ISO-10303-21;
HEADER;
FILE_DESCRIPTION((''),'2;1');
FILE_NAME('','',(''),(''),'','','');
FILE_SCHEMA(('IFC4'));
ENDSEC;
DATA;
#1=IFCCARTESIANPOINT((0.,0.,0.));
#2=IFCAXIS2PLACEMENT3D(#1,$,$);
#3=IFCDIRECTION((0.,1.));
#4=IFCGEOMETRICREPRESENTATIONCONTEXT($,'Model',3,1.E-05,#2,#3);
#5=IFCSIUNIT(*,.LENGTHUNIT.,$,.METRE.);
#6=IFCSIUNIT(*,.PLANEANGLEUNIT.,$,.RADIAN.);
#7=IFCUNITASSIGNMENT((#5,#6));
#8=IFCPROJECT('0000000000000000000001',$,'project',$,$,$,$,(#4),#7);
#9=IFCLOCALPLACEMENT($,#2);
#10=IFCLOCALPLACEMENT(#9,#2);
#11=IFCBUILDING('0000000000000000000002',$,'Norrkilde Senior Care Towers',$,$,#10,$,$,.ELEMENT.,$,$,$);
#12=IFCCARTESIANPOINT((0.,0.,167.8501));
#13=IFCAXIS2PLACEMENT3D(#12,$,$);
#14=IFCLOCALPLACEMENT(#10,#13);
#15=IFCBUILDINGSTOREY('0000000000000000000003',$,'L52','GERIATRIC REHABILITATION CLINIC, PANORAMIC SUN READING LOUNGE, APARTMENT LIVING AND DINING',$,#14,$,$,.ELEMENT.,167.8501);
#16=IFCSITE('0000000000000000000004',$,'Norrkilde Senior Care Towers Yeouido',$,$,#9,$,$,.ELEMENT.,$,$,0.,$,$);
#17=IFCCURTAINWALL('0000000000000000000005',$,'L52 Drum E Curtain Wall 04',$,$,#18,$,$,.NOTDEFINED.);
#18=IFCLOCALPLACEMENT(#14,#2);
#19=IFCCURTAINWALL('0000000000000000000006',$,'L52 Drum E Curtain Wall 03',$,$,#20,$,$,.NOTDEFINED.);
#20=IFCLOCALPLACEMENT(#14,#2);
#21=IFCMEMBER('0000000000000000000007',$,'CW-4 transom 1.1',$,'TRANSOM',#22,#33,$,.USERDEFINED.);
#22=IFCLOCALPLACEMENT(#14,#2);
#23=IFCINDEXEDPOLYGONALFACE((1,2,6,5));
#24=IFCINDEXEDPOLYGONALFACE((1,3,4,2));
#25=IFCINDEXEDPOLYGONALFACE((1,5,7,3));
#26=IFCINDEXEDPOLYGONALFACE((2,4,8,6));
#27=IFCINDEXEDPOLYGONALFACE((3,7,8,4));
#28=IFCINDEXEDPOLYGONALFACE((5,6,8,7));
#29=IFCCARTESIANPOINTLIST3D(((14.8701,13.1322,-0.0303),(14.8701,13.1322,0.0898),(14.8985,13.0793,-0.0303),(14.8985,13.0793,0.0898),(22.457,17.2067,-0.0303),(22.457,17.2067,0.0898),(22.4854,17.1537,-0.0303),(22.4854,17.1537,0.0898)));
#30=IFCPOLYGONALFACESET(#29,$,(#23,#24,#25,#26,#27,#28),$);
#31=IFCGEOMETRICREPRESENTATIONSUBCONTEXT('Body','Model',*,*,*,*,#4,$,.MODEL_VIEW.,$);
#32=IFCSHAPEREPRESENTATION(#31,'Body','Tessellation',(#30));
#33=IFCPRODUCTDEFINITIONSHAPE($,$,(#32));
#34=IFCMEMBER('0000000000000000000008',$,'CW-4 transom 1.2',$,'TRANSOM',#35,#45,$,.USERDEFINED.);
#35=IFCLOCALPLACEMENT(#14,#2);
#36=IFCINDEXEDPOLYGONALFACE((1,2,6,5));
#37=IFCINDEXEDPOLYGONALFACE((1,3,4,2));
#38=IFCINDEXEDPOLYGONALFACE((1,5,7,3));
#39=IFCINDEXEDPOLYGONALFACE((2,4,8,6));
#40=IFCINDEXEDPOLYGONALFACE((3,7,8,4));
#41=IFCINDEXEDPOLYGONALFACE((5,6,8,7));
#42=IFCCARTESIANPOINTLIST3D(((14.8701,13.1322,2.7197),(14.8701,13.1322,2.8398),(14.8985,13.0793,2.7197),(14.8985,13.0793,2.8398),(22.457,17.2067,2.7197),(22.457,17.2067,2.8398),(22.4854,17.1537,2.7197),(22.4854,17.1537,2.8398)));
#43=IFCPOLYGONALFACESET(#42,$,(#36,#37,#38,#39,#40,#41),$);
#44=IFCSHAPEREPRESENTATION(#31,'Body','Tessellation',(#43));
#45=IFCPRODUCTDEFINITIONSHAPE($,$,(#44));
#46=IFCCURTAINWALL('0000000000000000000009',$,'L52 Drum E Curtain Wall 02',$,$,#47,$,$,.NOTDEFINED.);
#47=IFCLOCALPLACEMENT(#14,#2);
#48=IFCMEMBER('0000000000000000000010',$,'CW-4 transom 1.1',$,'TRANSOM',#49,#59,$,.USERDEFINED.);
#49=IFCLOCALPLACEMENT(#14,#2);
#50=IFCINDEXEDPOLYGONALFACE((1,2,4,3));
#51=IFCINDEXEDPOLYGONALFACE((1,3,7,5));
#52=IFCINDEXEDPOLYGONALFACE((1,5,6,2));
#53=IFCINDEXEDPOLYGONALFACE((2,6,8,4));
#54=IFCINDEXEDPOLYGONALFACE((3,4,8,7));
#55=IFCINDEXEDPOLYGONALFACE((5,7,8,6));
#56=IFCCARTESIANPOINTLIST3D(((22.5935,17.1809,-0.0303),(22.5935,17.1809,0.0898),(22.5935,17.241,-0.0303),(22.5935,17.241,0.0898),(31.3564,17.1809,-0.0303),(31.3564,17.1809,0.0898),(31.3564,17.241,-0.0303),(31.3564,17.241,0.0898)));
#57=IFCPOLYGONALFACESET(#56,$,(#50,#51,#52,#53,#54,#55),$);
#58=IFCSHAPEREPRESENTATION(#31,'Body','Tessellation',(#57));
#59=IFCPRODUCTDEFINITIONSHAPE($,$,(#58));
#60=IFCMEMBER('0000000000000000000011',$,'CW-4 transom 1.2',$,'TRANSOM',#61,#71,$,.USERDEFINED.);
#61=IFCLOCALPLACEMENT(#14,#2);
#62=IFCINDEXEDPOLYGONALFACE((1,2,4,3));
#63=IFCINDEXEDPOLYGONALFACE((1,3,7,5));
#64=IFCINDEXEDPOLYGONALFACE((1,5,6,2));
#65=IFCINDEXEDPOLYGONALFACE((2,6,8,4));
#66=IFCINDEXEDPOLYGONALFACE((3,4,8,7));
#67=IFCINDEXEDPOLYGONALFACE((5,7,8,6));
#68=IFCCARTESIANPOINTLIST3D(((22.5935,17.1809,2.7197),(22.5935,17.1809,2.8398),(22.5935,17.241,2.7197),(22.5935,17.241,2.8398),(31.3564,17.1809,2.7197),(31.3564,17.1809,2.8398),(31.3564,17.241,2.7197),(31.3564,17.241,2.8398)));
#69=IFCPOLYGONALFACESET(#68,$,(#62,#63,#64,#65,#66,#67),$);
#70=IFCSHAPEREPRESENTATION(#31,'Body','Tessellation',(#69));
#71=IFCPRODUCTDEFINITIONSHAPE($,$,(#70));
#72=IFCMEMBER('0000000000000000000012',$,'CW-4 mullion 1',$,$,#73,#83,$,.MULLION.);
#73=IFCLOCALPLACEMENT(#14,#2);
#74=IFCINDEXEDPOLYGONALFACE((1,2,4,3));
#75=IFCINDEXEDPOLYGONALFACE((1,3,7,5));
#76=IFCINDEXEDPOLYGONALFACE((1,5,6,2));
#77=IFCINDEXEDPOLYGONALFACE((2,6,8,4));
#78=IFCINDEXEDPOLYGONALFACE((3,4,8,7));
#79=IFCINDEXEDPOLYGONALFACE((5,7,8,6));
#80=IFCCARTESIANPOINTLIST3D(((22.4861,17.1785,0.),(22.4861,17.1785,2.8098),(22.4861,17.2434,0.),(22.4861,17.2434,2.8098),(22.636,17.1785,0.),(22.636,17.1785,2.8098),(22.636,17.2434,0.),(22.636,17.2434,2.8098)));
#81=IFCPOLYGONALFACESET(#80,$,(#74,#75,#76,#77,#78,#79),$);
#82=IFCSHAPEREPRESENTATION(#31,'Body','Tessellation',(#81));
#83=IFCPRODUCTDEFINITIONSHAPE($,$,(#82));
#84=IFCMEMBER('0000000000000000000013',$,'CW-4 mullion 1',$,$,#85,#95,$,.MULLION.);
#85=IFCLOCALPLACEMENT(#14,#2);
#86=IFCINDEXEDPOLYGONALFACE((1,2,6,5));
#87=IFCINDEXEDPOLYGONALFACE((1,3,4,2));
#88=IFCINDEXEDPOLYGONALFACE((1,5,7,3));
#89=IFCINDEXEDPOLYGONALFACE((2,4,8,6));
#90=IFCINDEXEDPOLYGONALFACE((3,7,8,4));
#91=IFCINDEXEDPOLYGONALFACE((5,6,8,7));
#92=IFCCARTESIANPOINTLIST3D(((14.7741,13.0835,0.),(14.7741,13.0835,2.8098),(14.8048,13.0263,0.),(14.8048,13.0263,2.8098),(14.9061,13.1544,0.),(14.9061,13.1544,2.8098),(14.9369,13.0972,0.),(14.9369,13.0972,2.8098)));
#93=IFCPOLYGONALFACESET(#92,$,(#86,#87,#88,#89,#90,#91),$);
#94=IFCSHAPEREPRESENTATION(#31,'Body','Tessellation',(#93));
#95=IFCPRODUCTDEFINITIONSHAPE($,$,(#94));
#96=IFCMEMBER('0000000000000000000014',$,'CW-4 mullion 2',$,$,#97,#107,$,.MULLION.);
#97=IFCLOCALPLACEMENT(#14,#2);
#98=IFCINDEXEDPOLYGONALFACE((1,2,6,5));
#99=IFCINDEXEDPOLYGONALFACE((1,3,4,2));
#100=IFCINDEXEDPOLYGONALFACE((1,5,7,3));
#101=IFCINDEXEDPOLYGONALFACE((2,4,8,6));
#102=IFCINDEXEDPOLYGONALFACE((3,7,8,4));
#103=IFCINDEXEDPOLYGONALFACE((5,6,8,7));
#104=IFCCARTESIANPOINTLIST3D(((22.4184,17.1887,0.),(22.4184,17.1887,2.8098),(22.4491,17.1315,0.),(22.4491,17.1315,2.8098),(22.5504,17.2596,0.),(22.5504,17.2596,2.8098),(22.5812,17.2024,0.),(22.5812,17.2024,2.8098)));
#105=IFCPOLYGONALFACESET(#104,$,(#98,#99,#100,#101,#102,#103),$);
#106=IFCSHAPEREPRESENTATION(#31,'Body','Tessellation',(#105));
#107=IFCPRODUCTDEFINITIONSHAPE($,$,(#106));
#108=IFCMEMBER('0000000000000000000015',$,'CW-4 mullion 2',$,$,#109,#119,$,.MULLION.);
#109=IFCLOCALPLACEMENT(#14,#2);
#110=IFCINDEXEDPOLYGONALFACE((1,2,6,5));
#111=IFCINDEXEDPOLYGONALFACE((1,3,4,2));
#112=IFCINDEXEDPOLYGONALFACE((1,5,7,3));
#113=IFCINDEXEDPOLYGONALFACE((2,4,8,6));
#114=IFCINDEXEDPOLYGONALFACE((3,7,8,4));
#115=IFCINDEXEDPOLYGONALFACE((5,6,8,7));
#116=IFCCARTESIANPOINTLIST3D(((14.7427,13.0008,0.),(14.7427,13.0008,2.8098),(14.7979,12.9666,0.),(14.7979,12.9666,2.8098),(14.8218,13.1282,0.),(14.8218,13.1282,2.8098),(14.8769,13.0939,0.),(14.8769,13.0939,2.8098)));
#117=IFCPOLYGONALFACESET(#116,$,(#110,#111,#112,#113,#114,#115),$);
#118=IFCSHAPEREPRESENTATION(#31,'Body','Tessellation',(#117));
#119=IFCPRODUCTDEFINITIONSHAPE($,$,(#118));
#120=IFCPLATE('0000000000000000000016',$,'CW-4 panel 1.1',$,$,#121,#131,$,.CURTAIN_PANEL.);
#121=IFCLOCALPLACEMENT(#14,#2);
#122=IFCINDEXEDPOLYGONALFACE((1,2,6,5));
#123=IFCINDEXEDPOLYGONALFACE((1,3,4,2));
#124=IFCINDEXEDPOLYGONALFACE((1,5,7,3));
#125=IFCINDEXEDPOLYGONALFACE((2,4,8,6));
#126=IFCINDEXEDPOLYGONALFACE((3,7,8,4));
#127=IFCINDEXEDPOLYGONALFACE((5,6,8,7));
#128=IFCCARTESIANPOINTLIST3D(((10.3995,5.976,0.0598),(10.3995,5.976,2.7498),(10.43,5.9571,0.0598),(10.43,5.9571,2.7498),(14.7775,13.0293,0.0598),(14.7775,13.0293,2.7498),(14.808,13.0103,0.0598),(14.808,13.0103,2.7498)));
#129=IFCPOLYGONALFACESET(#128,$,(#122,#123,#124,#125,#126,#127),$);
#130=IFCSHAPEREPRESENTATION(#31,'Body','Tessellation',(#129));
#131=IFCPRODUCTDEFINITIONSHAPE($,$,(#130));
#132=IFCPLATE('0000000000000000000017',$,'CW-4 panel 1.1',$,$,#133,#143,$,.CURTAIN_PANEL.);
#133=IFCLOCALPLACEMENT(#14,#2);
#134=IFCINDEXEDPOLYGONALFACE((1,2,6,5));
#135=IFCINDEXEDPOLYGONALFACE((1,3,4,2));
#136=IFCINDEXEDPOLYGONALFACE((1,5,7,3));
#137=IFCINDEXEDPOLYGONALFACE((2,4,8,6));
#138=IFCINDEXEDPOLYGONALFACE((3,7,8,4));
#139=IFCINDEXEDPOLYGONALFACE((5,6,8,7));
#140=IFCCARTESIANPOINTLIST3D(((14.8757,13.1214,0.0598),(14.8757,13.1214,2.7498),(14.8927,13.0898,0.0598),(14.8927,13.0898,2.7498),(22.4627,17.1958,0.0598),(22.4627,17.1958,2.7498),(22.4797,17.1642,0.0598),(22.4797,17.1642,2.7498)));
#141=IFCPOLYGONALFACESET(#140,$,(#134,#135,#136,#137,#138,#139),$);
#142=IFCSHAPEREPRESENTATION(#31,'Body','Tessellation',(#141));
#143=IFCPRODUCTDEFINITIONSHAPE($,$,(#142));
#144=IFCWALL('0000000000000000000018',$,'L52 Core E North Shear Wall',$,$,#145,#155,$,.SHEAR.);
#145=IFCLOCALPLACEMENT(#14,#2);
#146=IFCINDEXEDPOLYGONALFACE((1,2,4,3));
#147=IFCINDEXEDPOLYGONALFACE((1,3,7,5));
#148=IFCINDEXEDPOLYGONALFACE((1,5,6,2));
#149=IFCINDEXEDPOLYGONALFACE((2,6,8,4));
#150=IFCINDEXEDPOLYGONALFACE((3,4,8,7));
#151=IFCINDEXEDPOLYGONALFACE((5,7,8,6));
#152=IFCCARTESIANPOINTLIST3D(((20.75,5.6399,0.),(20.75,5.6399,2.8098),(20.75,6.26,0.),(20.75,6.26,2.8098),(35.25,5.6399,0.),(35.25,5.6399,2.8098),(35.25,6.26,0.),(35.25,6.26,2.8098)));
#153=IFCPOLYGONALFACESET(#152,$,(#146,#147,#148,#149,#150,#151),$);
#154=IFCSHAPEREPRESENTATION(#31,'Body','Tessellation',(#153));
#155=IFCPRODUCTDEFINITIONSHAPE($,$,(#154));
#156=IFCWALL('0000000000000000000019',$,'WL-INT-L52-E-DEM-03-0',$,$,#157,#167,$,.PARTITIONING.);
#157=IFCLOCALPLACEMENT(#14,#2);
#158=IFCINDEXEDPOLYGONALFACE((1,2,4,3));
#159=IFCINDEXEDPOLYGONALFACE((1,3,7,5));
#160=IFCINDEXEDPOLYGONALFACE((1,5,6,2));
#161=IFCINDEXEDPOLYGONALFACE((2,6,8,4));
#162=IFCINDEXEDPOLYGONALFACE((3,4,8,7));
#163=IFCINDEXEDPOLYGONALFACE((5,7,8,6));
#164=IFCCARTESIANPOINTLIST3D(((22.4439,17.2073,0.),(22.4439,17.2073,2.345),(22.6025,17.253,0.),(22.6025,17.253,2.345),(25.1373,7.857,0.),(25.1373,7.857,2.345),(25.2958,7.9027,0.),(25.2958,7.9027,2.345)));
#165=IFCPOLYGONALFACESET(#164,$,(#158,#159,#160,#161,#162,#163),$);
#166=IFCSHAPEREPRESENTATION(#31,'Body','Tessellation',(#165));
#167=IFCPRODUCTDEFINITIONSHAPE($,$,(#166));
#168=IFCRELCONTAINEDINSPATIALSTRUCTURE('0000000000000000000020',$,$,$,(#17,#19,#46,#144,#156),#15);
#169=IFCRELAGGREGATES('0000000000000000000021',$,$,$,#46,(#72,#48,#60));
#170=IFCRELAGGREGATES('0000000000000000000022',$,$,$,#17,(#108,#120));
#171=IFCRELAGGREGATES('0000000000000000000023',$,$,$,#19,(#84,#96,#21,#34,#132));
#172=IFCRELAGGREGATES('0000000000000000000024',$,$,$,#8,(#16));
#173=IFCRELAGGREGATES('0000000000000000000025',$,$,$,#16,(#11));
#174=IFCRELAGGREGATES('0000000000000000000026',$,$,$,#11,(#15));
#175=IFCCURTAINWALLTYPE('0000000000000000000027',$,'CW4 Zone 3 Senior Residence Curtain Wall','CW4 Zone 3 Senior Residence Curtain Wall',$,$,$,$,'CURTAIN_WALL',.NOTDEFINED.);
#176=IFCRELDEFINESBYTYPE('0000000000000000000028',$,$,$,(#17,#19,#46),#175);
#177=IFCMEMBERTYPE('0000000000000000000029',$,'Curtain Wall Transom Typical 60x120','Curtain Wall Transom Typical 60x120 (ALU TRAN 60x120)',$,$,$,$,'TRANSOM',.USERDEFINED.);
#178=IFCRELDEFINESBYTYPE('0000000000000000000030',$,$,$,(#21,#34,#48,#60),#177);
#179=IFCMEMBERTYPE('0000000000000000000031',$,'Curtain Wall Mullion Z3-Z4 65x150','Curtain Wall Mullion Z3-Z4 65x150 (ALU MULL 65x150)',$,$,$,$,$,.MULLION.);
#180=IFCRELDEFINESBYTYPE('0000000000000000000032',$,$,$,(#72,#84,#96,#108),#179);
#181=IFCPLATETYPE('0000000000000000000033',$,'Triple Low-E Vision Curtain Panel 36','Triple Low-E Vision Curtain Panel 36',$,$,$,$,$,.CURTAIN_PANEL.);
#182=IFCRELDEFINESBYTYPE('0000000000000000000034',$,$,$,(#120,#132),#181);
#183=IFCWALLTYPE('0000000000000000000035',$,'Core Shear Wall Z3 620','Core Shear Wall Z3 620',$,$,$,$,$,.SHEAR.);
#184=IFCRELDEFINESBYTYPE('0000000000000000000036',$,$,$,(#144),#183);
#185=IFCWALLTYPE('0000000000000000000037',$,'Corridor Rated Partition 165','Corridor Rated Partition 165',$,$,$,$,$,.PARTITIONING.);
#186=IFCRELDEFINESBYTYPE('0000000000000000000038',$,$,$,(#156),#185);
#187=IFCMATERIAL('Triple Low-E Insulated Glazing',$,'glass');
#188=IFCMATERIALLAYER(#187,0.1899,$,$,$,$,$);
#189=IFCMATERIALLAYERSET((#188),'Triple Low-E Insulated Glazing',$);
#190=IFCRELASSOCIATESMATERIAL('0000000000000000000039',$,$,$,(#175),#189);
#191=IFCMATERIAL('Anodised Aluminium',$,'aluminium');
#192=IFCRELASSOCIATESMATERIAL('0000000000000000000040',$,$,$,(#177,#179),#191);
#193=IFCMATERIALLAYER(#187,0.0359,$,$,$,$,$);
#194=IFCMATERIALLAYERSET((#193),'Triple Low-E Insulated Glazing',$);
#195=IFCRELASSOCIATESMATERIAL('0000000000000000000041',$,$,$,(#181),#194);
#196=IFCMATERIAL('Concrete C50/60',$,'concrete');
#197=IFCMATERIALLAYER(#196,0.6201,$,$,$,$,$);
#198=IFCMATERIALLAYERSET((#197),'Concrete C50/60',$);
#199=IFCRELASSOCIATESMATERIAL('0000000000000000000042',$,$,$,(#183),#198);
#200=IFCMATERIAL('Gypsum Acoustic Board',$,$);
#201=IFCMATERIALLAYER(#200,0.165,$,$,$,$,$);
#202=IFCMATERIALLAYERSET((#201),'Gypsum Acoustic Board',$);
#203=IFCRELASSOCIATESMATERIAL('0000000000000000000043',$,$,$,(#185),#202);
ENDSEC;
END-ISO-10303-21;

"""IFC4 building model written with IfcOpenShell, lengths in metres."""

from ifc_helpers import new_model, si_unit, direction, frame, frame_2d, origin, origin_2d, place, context, subcontext, project, spatial, rectangle, extrude, source, transform, mapped, material, layer, layer_set, material_profile, profile_set, type_object, type_shapes, element, aggregate, save


model = new_model("IFC4")

# Units and contexts
model_context = context("Model", 3, precision=1e-05, world=origin(), true_north=direction((0.0, 1.0)))
body_context = subcontext(model_context, "Body", "Model", "MODEL_VIEW")
ifc_project = project(units=[si_unit("LENGTHUNIT", "METRE"), si_unit("PLANEANGLEUNIT", "RADIAN")], contexts=[model_context])

# Site, building, storey
site_placement = place(None, origin())
site = spatial("IfcSite", under=ifc_project, at=site_placement, Name="Norrkilde Senior Care Towers Yeouido", CompositionType="ELEMENT", RefElevation=0.0)
building_placement = place(site_placement, origin())
building = spatial("IfcBuilding", under=site, at=building_placement, Name="Norrkilde Senior Care Towers", CompositionType="ELEMENT")
storey_placement = place(building_placement, frame((0.0, 0.0, 167.8501)))
storey = spatial("IfcBuildingStorey", under=building, at=storey_placement, Name="L52", Description="GERIATRIC REHABILITATION CLINIC, PANORAMIC SUN READING LOUNGE, APARTMENT LIVING AND DINING", CompositionType="ELEMENT", Elevation=167.8501)

# Shared definitions
ifc_material_1 = material(Name="Concrete C50/60", Category="concrete")

# Curtain walls, members
ifc_material_2 = material(Name="Triple Low-E Insulated Glazing", Category="glass")
ifc_layer_1 = layer(ifc_material_2, 0.1899)
ifc_layer_set_1 = layer_set([ifc_layer_1], Name="Triple Low-E Insulated Glazing")
curtain_wall_type = type_object("IfcCurtainWallType", Name="CW4 Zone 3 Senior Residence Curtain Wall", Description="CW4 Zone 3 Senior Residence Curtain Wall", ElementType="CURTAIN_WALL", PredefinedType="NOTDEFINED", material=ifc_layer_set_1)
curtain_wall_1_placement = place(storey_placement, origin())
curtain_wall_1 = element("IfcCurtainWall", 1, at=curtain_wall_1_placement, inside=storey, type_object=curtain_wall_type, Name="L52 Drum E Curtain Wall 04", PredefinedType="NOTDEFINED")
ifc_material_3 = material(Name="Anodised Aluminium", Category="aluminium")
ifc_material_profile_1 = material_profile(ifc_material_3, rectangle(XDim=0.0601, YDim=0.1201, at=origin_2d()), Name="ALU TRAN 60x120")
ifc_profile_set_1 = profile_set([ifc_material_profile_1], Name="Anodised Aluminium")
member_type_1 = type_object("IfcMemberType", Name="Curtain Wall Transom Typical 60x120", Description="Curtain Wall Transom Typical 60x120 (ALU TRAN 60x120)", ElementType="TRANSOM", PredefinedType="USERDEFINED", material=ifc_profile_set_1)
curtain_wall_2_placement = place(storey_placement, origin())
curtain_wall_2 = element("IfcCurtainWall", 2, at=curtain_wall_2_placement, inside=storey, type_object=curtain_wall_type, Name="L52 Drum E Curtain Wall 03", PredefinedType="NOTDEFINED")
shared_shape_1 = source(origin(), body_context, "Body", "SweptSolid", [
    extrude(rectangle(XDim=0.0601, YDim=0.1201, at=origin_2d()), origin(), (0.0, 0.0, 1.0), 8.6118),
])
member_1_placement = place(storey_placement, frame((14.8843, 13.1057, 0.0298), z_axis=(0.880994, 0.473127, 0.0), x_axis=(-0.473127, 0.880994, 0.0)))
member_1 = element("IfcMember", 3, at=member_1_placement, type_object=member_type_1, Name="CW-4 transom 1.1", ObjectType="TRANSOM", PredefinedType="USERDEFINED", context=body_context, shape_type="MappedRepresentation", body=[
    mapped(shared_shape_1, transform((0.0, 0.0, 0.0), x_axis=(1.0, 0.0, 0.0), y_axis=(0.0, 1.0, 0.0), z_axis=(0.0, 0.0, 1.0), scale=1.0)),
])
member_2_placement = place(storey_placement, frame((14.8843, 13.1057, 2.7798), z_axis=(0.880994, 0.473127, 0.0), x_axis=(-0.473127, 0.880994, 0.0)))
member_2 = element("IfcMember", 4, at=member_2_placement, type_object=member_type_1, Name="CW-4 transom 1.2", ObjectType="TRANSOM", PredefinedType="USERDEFINED", context=body_context, shape_type="MappedRepresentation", body=[
    mapped(shared_shape_1, transform((0.0, 0.0, 0.0), x_axis=(1.0, 0.0, 0.0), y_axis=(0.0, 1.0, 0.0), z_axis=(0.0, 0.0, 1.0), scale=1.0)),
])
curtain_wall_3_placement = place(storey_placement, origin())
curtain_wall_3 = element("IfcCurtainWall", 5, at=curtain_wall_3_placement, inside=storey, type_object=curtain_wall_type, Name="L52 Drum E Curtain Wall 02", PredefinedType="NOTDEFINED")
shared_shape_2 = source(origin(), body_context, "Body", "SweptSolid", [
    extrude(rectangle(XDim=0.0601, YDim=0.1201, at=origin_2d()), origin(), (0.0, 0.0, 1.0), 8.7629),
])
member_3_placement = place(storey_placement, frame((22.5935, 17.2109, 0.0298), z_axis=(1.0, 0.0, 0.0), x_axis=(0.0, 1.0, 0.0)))
member_3 = element("IfcMember", 6, at=member_3_placement, type_object=member_type_1, Name="CW-4 transom 1.1", ObjectType="TRANSOM", PredefinedType="USERDEFINED", context=body_context, shape_type="MappedRepresentation", body=[
    mapped(shared_shape_2, transform((0.0, 0.0, 0.0), x_axis=(1.0, 0.0, 0.0), y_axis=(0.0, 1.0, 0.0), z_axis=(0.0, 0.0, 1.0), scale=1.0)),
])
member_4_placement = place(storey_placement, frame((22.5935, 17.2109, 2.7798), z_axis=(1.0, 0.0, 0.0), x_axis=(0.0, 1.0, 0.0)))
member_4 = element("IfcMember", 7, at=member_4_placement, type_object=member_type_1, Name="CW-4 transom 1.2", ObjectType="TRANSOM", PredefinedType="USERDEFINED", context=body_context, shape_type="MappedRepresentation", body=[
    mapped(shared_shape_2, transform((0.0, 0.0, 0.0), x_axis=(1.0, 0.0, 0.0), y_axis=(0.0, 1.0, 0.0), z_axis=(0.0, 0.0, 1.0), scale=1.0)),
])
ifc_material_profile_2 = material_profile(ifc_material_3, rectangle(XDim=0.0649, YDim=0.1499, at=origin_2d()), Name="ALU MULL 65x150")
ifc_profile_set_2 = profile_set([ifc_material_profile_2], Name="Anodised Aluminium")
member_type_2 = type_object("IfcMemberType", Name="Curtain Wall Mullion Z3-Z4 65x150", Description="Curtain Wall Mullion Z3-Z4 65x150 (ALU MULL 65x150)", PredefinedType="MULLION", material=ifc_profile_set_2)
shared_shape_3 = source(origin(), body_context, "Body", "SweptSolid", [
    extrude(rectangle(XDim=0.0649, YDim=0.1499, at=origin_2d()), origin(), (0.0, 0.0, 1.0), 2.8098),
])
type_shapes(member_type_2, [shared_shape_3])
member_5_placement = place(storey_placement, frame((22.561, 17.2109, 0.0), z_axis=(0.0, 0.0, 1.0), x_axis=(0.0, 1.0, 0.0)))
member_5 = element("IfcMember", 8, at=member_5_placement, type_object=member_type_2, Name="CW-4 mullion 1", PredefinedType="MULLION", context=body_context, shape_type="MappedRepresentation", body=[
    mapped(shared_shape_3, transform((0.0, 0.0, 0.0), x_axis=(1.0, 0.0, 0.0), y_axis=(0.0, 1.0, 0.0), z_axis=(0.0, 0.0, 1.0), scale=1.0)),
])
aggregate(curtain_wall_3, [member_5, member_3, member_4])

# Members
member_6_placement = place(storey_placement, frame((14.8555, 13.0903, 0.0), z_axis=(0.0, 0.0, 1.0), x_axis=(-0.473117, 0.881, 0.0)))
member_6 = element("IfcMember", 9, at=member_6_placement, type_object=member_type_2, Name="CW-4 mullion 1", PredefinedType="MULLION", context=body_context, shape_type="MappedRepresentation", body=[
    mapped(shared_shape_3, transform((0.0, 0.0, 0.0), x_axis=(1.0, 0.0, 0.0), y_axis=(0.0, 1.0, 0.0), z_axis=(0.0, 0.0, 1.0), scale=1.0)),
])
member_7_placement = place(storey_placement, frame((22.4998, 17.1956, 0.0), z_axis=(0.0, 0.0, 1.0), x_axis=(-0.473117, 0.881, 0.0)))
member_7 = element("IfcMember", 10, at=member_7_placement, type_object=member_type_2, Name="CW-4 mullion 2", PredefinedType="MULLION", context=body_context, shape_type="MappedRepresentation", body=[
    mapped(shared_shape_3, transform((0.0, 0.0, 0.0), x_axis=(1.0, 0.0, 0.0), y_axis=(0.0, 1.0, 0.0), z_axis=(0.0, 0.0, 1.0), scale=1.0)),
])
member_8_placement = place(storey_placement, frame((14.8098, 13.0474, 0.0), z_axis=(0.0, 0.0, 1.0), x_axis=(-0.849634, 0.527373, 0.0)))
member_8 = element("IfcMember", 11, at=member_8_placement, type_object=member_type_2, Name="CW-4 mullion 2", PredefinedType="MULLION", context=body_context, shape_type="MappedRepresentation", body=[
    mapped(shared_shape_3, transform((0.0, 0.0, 0.0), x_axis=(1.0, 0.0, 0.0), y_axis=(0.0, 1.0, 0.0), z_axis=(0.0, 0.0, 1.0), scale=1.0)),
])

# Plates
ifc_layer_2 = layer(ifc_material_2, 0.0359)
ifc_layer_set_2 = layer_set([ifc_layer_2], Name="Triple Low-E Insulated Glazing")
plate_type = type_object("IfcPlateType", Name="Triple Low-E Vision Curtain Panel 36", Description="Triple Low-E Vision Curtain Panel 36", PredefinedType="CURTAIN_PANEL", material=ifc_layer_set_2)
shared_shape_4 = source(origin(), body_context, "Body", "SweptSolid", [
    extrude(rectangle(XDim=8.3015, YDim=0.0359, at=origin_2d()), origin(), (0.0, 0.0, 1.0), 2.6899),
])
plate_1_placement = place(storey_placement, frame((12.6038, 9.4932, 0.0598), z_axis=(0.0, 0.0, 1.0), x_axis=(0.527373, 0.849634, 0.0)))
plate_1 = element("IfcPlate", 12, at=plate_1_placement, type_object=plate_type, Name="CW-4 panel 1.1", PredefinedType="CURTAIN_PANEL", context=body_context, shape_type="MappedRepresentation", body=[
    mapped(shared_shape_4, transform((0.0, 0.0, 0.0), x_axis=(1.0, 0.0, 0.0), y_axis=(0.0, 1.0, 0.0), z_axis=(0.0, 0.0, 1.0), scale=1.0)),
])
aggregate(curtain_wall_1, [member_8, plate_1])
shared_shape_5 = source(origin(), body_context, "Body", "SweptSolid", [
    extrude(rectangle(XDim=8.6118, YDim=0.0359, at=origin_2d()), origin(), (0.0, 0.0, 1.0), 2.6899),
])
type_shapes(plate_type, [shared_shape_4, shared_shape_5])
plate_2_placement = place(storey_placement, frame((18.6777, 15.1428, 0.0598), z_axis=(0.0, 0.0, 1.0), x_axis=(0.881, 0.473117, 0.0)))
plate_2 = element("IfcPlate", 13, at=plate_2_placement, type_object=plate_type, Name="CW-4 panel 1.1", PredefinedType="CURTAIN_PANEL", context=body_context, shape_type="MappedRepresentation", body=[
    mapped(shared_shape_5, transform((0.0, 0.0, 0.0), x_axis=(1.0, 0.0, 0.0), y_axis=(0.0, 1.0, 0.0), z_axis=(0.0, 0.0, 1.0), scale=1.0)),
])
aggregate(curtain_wall_2, [member_6, member_7, member_1, member_2, plate_2])

# Walls
ifc_layer_3 = layer(ifc_material_1, 0.6201)
ifc_layer_set_3 = layer_set([ifc_layer_3], Name="Concrete C50/60")
wall_type_1 = type_object("IfcWallType", Name="Core Shear Wall Z3 620", Description="Core Shear Wall Z3 620", PredefinedType="SHEAR", material=ifc_layer_set_3)
shared_shape_6 = source(origin(), body_context, "Body", "SweptSolid", [
    extrude(rectangle(XDim=14.5, YDim=0.6201, at=frame_2d((7.25, 0.0))), origin(), (0.0, 0.0, 1.0), 2.8098),
])
type_shapes(wall_type_1, [shared_shape_6])
wall_1_placement = place(storey_placement, frame((20.75, 5.95, 0.0), z_axis=(0.0, 0.0, 1.0), x_axis=(1.0, 0.0, 0.0)))
element("IfcWall", 14, at=wall_1_placement, inside=storey, type_object=wall_type_1, Name="L52 Core E North Shear Wall", PredefinedType="SHEAR", context=body_context, shape_type="MappedRepresentation", body=[
    mapped(shared_shape_6, transform((0.0, 0.0, 0.0), x_axis=(1.0, 0.0, 0.0), y_axis=(0.0, 1.0, 0.0), z_axis=(0.0, 0.0, 1.0), scale=1.0)),
])
ifc_material_4 = material(Name="Gypsum Acoustic Board")
ifc_layer_4 = layer(ifc_material_4, 0.165)
ifc_layer_set_4 = layer_set([ifc_layer_4], Name="Gypsum Acoustic Board")
wall_type_2 = type_object("IfcWallType", Name="Corridor Rated Partition 165", Description="Corridor Rated Partition 165", PredefinedType="PARTITIONING", material=ifc_layer_set_4)
shared_shape_7 = source(origin(), body_context, "Body", "SweptSolid", [
    extrude(rectangle(XDim=9.7305, YDim=0.165, at=frame_2d((4.8652, 0.0))), origin(), (0.0, 0.0, 1.0), 2.345),
])
wall_2_placement = place(storey_placement, frame((25.2166, 7.8799, 0.0), z_axis=(0.0, 0.0, 1.0), x_axis=(-0.276795, 0.960929, 0.0)))
element("IfcWall", 15, at=wall_2_placement, inside=storey, type_object=wall_type_2, Name="WL-INT-L52-E-DEM-03-0", PredefinedType="PARTITIONING", context=body_context, shape_type="MappedRepresentation", body=[
    mapped(shared_shape_7, transform((0.0, 0.0, 0.0), x_axis=(1.0, 0.0, 0.0), y_axis=(0.0, 1.0, 0.0), z_axis=(0.0, 0.0, 1.0), scale=1.0)),
])

save(model, "model.ifc")
